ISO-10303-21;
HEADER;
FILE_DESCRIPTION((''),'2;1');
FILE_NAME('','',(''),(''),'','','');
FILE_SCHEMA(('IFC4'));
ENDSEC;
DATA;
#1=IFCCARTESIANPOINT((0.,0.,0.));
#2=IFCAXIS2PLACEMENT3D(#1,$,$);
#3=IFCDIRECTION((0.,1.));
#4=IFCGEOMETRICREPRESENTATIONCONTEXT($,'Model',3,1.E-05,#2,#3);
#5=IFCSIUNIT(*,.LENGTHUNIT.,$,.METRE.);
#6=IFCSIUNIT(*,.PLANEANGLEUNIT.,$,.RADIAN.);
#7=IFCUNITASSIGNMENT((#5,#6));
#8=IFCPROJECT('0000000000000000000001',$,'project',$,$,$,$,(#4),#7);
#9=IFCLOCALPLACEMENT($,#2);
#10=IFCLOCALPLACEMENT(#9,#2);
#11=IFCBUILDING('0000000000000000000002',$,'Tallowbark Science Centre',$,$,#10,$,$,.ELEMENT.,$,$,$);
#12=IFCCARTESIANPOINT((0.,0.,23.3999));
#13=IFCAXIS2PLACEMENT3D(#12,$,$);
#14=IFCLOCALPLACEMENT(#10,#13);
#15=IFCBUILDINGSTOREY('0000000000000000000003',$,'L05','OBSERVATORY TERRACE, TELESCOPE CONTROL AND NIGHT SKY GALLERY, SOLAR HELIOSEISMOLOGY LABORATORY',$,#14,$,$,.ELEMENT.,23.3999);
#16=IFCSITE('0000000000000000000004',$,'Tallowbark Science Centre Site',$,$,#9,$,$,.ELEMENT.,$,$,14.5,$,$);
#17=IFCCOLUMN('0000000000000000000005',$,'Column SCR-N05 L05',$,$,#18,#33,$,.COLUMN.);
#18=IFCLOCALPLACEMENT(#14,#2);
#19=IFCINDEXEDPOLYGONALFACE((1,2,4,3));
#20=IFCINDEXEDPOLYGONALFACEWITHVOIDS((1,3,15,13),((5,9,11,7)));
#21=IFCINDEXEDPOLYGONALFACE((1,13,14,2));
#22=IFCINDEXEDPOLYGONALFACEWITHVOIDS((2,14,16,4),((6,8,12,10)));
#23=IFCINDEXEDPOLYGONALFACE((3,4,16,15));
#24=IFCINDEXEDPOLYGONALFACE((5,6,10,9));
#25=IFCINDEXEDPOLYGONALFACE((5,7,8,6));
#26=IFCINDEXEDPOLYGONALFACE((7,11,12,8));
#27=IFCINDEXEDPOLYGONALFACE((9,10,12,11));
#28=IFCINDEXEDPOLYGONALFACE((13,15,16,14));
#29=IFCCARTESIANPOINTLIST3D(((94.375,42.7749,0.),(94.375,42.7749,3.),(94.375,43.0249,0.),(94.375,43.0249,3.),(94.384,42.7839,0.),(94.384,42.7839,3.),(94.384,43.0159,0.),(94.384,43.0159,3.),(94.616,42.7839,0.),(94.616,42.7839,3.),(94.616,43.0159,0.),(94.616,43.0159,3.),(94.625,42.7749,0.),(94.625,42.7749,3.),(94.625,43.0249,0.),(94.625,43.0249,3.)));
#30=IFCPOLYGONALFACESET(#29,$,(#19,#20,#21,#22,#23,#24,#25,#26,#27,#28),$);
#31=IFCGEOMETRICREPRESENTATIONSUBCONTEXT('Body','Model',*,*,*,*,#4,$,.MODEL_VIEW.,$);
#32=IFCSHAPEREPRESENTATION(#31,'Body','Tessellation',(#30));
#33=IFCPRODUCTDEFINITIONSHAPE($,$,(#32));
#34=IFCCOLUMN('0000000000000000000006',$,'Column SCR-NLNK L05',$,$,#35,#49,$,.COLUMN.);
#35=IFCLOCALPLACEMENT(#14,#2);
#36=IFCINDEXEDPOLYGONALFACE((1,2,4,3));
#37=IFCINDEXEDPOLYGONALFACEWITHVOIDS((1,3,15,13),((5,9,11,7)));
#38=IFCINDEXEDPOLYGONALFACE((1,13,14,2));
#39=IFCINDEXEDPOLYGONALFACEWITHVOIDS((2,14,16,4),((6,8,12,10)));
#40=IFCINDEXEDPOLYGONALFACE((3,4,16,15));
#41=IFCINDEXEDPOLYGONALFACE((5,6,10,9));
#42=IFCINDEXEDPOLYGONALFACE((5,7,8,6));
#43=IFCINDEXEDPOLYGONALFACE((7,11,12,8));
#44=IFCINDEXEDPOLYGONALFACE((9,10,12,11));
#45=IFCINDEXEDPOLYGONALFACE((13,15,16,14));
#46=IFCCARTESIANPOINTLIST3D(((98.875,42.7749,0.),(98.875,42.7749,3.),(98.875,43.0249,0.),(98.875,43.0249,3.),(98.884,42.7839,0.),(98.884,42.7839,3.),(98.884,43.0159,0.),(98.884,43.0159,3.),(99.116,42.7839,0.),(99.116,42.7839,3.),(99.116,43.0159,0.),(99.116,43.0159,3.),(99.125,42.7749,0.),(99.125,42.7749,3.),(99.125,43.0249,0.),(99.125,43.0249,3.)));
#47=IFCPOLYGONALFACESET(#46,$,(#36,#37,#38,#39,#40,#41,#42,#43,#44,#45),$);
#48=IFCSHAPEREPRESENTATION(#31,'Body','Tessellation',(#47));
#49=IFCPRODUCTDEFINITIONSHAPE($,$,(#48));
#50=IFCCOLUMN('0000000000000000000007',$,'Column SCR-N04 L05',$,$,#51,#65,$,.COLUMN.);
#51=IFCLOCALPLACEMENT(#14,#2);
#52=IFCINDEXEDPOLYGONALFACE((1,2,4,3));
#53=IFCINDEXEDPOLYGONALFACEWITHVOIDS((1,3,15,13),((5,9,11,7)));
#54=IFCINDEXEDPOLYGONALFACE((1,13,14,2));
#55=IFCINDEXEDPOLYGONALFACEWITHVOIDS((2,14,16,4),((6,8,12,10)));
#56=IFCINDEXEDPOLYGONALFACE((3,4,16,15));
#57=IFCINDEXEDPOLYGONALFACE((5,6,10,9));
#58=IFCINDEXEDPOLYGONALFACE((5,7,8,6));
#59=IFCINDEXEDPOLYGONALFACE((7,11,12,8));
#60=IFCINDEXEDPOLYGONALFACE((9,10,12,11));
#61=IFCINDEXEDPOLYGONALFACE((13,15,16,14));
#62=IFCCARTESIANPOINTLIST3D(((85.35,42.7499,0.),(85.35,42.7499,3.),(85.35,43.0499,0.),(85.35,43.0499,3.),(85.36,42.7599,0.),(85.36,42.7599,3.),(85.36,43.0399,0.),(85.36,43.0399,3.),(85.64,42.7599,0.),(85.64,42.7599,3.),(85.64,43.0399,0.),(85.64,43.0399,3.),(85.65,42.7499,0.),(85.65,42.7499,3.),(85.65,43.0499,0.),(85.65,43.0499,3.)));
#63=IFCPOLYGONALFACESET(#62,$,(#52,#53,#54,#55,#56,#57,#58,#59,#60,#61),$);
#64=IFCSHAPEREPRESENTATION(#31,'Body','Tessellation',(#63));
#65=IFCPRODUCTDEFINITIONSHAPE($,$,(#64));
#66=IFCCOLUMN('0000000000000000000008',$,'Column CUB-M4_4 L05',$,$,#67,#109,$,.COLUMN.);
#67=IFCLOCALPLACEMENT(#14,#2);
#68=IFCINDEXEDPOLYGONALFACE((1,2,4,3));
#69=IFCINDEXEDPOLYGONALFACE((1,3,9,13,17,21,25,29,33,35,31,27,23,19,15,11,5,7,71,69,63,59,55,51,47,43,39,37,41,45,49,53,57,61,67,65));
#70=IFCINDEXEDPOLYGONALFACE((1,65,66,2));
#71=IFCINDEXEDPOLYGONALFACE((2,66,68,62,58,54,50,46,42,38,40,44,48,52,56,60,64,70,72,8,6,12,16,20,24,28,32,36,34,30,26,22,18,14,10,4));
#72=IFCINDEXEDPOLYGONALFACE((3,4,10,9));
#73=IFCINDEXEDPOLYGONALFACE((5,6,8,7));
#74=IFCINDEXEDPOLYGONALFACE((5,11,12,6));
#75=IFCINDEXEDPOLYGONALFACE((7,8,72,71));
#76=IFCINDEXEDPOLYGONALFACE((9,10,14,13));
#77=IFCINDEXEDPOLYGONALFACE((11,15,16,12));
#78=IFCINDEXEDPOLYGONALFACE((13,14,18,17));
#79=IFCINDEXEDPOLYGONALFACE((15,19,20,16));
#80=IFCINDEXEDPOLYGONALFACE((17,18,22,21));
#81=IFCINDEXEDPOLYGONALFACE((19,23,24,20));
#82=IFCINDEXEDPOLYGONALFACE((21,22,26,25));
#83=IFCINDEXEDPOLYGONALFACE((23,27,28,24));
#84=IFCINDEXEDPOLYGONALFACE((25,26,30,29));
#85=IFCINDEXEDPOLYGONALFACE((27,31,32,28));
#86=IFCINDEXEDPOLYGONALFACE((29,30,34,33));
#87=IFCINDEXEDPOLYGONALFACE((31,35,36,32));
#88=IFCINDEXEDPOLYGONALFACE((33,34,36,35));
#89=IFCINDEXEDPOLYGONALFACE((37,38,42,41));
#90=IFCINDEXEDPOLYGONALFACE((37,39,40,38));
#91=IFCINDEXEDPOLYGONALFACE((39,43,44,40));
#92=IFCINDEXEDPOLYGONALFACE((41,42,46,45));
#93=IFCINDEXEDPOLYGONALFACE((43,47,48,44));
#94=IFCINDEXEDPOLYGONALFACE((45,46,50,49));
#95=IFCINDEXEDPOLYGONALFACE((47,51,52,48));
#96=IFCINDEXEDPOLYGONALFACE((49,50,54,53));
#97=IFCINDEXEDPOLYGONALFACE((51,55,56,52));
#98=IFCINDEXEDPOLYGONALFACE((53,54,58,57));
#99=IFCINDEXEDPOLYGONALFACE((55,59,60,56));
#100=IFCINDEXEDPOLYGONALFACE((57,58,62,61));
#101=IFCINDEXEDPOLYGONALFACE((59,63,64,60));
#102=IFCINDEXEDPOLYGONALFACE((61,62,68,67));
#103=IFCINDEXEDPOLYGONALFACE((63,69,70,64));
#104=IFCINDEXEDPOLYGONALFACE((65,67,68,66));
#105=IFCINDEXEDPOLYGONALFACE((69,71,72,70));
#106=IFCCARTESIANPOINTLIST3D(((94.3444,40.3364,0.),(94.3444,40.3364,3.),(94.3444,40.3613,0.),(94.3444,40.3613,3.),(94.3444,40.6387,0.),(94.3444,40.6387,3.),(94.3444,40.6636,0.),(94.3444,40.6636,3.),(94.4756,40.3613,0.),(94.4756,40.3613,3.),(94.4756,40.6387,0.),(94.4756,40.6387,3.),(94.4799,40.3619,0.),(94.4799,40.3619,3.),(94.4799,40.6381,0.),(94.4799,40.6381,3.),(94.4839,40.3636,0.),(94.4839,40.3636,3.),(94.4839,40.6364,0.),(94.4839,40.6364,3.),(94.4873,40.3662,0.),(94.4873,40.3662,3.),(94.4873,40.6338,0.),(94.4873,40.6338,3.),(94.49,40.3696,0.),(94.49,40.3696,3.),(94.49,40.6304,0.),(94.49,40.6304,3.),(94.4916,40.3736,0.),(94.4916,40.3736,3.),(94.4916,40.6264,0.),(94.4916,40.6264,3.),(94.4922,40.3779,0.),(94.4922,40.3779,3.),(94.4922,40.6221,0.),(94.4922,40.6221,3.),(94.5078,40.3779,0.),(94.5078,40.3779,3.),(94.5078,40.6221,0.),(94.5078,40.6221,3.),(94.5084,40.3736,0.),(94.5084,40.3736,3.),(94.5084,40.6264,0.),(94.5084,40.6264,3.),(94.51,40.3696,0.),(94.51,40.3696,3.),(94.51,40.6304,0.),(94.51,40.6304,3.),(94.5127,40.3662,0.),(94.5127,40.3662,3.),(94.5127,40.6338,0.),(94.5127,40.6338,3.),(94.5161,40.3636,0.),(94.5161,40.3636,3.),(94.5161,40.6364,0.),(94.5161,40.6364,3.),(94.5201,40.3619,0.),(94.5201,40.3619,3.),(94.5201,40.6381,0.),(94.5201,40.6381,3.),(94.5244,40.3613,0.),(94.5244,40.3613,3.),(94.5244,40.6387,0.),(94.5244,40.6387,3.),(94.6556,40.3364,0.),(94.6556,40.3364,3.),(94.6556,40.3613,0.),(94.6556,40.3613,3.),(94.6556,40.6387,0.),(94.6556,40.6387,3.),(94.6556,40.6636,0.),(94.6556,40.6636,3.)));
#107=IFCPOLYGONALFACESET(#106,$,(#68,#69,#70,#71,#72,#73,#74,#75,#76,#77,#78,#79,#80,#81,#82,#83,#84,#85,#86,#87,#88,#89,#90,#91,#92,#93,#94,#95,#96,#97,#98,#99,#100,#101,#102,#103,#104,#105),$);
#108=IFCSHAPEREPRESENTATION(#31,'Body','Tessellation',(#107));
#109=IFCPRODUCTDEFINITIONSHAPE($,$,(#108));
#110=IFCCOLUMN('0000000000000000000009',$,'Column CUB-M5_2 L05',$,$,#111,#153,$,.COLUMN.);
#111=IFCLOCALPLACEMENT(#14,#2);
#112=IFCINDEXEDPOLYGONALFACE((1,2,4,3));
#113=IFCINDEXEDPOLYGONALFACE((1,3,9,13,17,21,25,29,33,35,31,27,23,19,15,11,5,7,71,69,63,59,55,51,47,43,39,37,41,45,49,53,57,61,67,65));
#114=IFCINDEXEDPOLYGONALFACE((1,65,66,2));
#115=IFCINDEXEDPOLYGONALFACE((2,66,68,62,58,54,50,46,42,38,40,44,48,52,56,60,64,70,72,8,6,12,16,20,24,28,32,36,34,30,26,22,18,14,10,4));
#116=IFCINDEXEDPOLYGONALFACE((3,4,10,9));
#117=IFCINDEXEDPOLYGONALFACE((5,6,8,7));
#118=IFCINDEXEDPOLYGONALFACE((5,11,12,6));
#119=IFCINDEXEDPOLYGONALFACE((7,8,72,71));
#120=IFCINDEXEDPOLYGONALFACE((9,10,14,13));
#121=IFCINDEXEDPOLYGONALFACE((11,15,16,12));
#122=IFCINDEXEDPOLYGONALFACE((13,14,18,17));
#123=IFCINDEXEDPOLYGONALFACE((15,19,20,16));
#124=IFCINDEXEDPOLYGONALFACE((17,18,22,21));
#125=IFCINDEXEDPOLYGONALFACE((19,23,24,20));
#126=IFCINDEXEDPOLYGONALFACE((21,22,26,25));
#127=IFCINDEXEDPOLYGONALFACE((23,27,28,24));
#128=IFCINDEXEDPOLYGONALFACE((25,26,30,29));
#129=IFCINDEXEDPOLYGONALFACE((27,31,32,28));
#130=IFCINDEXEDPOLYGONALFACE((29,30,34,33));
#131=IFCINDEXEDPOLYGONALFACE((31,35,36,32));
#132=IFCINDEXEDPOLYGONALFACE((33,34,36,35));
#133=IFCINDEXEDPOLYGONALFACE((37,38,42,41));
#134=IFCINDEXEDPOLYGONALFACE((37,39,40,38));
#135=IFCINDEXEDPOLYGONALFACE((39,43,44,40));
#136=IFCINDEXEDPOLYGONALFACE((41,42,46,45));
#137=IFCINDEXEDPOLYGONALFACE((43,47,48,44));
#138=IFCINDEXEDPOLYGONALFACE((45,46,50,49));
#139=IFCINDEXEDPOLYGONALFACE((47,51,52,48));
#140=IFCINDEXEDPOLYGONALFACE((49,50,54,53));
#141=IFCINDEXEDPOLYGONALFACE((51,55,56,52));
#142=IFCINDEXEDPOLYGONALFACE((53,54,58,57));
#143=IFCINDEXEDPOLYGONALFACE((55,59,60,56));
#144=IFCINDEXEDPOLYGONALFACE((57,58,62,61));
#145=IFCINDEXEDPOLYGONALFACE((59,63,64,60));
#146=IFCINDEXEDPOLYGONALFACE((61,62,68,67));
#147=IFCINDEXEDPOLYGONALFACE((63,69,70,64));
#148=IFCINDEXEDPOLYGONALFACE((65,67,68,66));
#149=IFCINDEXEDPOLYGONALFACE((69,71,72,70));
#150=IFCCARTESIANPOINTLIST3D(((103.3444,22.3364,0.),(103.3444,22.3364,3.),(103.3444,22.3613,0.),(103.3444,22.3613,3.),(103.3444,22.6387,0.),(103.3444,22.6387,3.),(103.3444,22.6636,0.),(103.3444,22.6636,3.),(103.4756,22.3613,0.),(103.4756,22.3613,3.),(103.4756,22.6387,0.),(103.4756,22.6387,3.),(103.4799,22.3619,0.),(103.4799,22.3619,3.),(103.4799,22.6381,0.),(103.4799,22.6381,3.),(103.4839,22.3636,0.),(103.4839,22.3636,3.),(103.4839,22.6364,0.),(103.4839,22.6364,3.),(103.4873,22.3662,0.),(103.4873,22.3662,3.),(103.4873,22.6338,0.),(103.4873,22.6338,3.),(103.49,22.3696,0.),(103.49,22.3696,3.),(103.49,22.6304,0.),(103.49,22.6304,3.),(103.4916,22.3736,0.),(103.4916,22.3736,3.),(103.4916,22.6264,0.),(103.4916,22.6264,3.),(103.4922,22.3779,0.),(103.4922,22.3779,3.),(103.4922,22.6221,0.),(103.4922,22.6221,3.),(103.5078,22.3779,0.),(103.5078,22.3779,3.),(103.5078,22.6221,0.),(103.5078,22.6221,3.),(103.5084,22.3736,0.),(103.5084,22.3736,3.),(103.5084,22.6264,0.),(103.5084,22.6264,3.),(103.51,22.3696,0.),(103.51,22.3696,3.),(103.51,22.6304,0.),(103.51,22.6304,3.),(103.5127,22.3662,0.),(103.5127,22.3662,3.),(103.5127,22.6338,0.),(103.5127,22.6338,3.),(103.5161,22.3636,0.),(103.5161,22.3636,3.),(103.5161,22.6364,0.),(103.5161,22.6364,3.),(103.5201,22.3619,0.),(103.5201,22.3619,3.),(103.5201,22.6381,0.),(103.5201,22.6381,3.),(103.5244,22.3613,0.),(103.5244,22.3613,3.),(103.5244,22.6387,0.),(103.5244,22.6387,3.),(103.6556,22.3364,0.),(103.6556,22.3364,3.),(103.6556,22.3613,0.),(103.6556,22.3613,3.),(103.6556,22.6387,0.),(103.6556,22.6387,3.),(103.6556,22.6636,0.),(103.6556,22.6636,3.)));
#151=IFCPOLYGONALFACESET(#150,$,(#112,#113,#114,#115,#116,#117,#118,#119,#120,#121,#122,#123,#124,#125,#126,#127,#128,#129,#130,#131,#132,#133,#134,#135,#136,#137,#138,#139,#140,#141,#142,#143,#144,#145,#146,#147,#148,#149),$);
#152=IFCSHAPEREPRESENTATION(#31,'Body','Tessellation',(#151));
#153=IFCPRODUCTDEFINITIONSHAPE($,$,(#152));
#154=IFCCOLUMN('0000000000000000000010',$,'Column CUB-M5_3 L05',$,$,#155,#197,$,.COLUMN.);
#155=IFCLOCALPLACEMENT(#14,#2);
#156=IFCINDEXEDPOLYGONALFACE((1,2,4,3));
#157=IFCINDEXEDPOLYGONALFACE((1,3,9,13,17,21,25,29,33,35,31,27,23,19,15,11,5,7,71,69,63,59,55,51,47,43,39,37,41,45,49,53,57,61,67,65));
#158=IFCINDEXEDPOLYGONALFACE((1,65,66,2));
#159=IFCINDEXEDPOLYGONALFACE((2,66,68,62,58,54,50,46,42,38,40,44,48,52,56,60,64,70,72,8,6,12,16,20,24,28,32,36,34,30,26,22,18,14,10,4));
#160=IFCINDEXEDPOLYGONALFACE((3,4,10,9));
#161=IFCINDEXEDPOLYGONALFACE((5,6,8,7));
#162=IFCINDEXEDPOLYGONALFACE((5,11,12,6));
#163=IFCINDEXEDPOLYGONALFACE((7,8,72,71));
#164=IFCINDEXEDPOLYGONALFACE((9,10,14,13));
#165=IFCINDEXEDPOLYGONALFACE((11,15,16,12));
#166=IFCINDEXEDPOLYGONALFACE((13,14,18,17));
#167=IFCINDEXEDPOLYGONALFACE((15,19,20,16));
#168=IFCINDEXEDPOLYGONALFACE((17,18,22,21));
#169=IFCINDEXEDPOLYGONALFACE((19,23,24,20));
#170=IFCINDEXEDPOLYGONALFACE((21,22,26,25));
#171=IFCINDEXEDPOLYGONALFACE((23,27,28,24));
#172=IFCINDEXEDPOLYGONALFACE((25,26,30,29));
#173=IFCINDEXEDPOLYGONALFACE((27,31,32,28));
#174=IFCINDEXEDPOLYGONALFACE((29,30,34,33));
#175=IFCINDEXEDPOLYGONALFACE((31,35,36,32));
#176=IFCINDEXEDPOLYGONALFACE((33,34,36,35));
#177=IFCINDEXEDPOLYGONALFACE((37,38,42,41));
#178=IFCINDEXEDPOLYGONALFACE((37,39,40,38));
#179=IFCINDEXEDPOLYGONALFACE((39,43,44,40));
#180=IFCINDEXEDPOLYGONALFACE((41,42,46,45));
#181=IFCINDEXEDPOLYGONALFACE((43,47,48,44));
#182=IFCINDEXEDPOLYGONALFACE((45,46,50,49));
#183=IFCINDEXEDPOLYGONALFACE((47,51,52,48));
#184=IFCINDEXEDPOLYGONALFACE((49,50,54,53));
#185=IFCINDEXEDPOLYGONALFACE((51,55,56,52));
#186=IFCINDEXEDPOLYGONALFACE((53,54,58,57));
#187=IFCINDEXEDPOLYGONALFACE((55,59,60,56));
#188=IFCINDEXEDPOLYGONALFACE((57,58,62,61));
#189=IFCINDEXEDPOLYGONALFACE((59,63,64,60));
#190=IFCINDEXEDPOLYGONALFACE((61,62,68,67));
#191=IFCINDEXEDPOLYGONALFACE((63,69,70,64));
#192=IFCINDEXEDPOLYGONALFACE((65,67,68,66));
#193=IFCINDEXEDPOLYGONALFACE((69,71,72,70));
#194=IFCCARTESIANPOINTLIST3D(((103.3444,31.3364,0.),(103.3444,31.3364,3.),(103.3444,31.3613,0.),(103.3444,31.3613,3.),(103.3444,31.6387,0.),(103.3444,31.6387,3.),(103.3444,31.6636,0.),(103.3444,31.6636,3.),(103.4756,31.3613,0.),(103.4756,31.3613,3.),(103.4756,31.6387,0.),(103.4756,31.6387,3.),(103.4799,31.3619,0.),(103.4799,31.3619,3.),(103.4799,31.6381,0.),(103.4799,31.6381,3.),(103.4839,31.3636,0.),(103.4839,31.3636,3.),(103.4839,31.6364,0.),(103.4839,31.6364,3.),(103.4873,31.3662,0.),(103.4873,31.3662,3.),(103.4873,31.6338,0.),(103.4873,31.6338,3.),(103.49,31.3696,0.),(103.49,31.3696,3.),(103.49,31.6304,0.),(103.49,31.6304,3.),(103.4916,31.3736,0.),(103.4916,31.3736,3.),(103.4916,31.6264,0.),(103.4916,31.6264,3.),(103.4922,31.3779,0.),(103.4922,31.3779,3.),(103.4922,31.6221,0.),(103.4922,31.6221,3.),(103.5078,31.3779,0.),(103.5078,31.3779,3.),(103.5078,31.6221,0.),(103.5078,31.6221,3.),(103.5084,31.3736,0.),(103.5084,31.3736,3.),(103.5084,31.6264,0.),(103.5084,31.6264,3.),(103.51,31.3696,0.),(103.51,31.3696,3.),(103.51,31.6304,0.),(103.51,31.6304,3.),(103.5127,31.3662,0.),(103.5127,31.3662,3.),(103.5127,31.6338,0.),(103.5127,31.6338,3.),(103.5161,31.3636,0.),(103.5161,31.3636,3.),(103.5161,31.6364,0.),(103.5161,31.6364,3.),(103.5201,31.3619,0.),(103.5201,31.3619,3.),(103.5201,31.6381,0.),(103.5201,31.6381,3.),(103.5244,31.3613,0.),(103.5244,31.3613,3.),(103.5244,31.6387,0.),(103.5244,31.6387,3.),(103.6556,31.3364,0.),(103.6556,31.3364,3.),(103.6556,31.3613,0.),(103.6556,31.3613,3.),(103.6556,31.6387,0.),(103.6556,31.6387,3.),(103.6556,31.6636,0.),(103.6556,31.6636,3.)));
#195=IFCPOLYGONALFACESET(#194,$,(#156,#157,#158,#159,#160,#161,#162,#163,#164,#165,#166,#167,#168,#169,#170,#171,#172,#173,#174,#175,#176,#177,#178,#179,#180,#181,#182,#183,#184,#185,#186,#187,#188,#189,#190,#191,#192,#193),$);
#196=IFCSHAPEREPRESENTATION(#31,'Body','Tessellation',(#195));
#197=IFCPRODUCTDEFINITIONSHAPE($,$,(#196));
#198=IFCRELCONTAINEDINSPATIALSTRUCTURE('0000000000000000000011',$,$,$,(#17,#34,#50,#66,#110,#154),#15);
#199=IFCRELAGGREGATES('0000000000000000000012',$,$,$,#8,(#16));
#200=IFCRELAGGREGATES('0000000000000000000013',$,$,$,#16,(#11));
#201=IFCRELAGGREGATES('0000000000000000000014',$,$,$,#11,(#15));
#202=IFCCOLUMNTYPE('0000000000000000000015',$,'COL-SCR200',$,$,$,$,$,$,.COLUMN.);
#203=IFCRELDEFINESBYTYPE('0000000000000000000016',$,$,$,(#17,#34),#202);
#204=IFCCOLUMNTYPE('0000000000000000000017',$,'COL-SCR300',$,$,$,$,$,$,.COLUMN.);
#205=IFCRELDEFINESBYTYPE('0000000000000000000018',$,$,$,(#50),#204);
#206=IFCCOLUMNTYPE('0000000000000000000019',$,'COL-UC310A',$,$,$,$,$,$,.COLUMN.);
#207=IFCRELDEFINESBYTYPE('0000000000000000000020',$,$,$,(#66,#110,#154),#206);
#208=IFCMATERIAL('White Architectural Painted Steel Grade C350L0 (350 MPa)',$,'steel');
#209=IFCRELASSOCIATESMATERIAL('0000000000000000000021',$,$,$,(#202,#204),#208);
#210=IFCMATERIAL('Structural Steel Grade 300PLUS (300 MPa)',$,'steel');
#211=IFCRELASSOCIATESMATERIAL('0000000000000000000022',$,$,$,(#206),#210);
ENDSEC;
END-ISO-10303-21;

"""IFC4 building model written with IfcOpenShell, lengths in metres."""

from ifc_helpers import new_model, si_unit, direction, frame, origin, origin_2d, place, context, subcontext, project, spatial, hollow_rectangle, i_section, extrude, material, material_profile, profile_set, type_object, element, save


model = new_model("IFC4")

# Units and contexts
model_context = context("Model", 3, precision=1e-05, world=origin(), true_north=direction((0.0, 1.0)))
body_context = subcontext(model_context, "Body", "Model", "MODEL_VIEW")
ifc_project = project(units=[si_unit("LENGTHUNIT", "METRE"), si_unit("PLANEANGLEUNIT", "RADIAN")], contexts=[model_context])

# Site, building, storey
site_placement = place(None, origin())
site = spatial("IfcSite", under=ifc_project, at=site_placement, Name="Tallowbark Science Centre Site", CompositionType="ELEMENT", RefElevation=14.5)
building_placement = place(site_placement, origin())
building = spatial("IfcBuilding", under=site, at=building_placement, Name="Tallowbark Science Centre", CompositionType="ELEMENT")
storey_placement = place(building_placement, frame((0.0, 0.0, 23.3999)))
storey = spatial("IfcBuildingStorey", under=building, at=storey_placement, Name="L05", Description="OBSERVATORY TERRACE, TELESCOPE CONTROL AND NIGHT SKY GALLERY, SOLAR HELIOSEISMOLOGY LABORATORY", CompositionType="ELEMENT", Elevation=23.3999)

# Columns
ifc_material_1 = material(Name="White Architectural Painted Steel Grade C350L0 (350 MPa)", Category="steel")
ifc_material_profile_1 = material_profile(ifc_material_1, hollow_rectangle(XDim=0.25, YDim=0.25, WallThickness=0.009, at=origin_2d()), Name="250x250x9.0SHS")
ifc_profile_set_1 = profile_set([ifc_material_profile_1], Name="White Architectural Painted Steel Grade C350L0 (350 MPa)")
column_type_1 = type_object("IfcColumnType", Name="COL-SCR200", PredefinedType="COLUMN", material=ifc_profile_set_1)
for number, where, z_axis, x_axis, name in (
    (1, (94.5, 42.8999, 0.0), (0.0, 0.0, 1.0), (1.0, 0.0, 0.0), "Column SCR-N05 L05"),
    (2, (99.0, 42.8999, 0.0), (0.0, 0.0, 1.0), (1.0, 0.0, 0.0), "Column SCR-NLNK L05"),
):
    element("IfcColumn", number, at=place(storey_placement, frame(where, z_axis=z_axis, x_axis=x_axis)), inside=storey, type_object=column_type_1, Name=name, PredefinedType="COLUMN", context=body_context, shape_type="SweptSolid", body=[
        extrude(hollow_rectangle(XDim=0.25, YDim=0.25, WallThickness=0.009, at=origin_2d()), origin(), (0.0, 0.0, 1.0), 3.0),
    ])
ifc_material_profile_2 = material_profile(ifc_material_1, hollow_rectangle(XDim=0.3, YDim=0.3, WallThickness=0.01, at=origin_2d()), Name="300x300x10.0SHS")
ifc_profile_set_2 = profile_set([ifc_material_profile_2], Name="White Architectural Painted Steel Grade C350L0 (350 MPa)")
column_type_2 = type_object("IfcColumnType", Name="COL-SCR300", PredefinedType="COLUMN", material=ifc_profile_set_2)
column_placement = place(storey_placement, frame((85.5, 42.8999, 0.0), z_axis=(0.0, 0.0, 1.0), x_axis=(1.0, 0.0, 0.0)))
element("IfcColumn", 3, at=column_placement, inside=storey, type_object=column_type_2, Name="Column SCR-N04 L05", PredefinedType="COLUMN", context=body_context, shape_type="SweptSolid", body=[
    extrude(hollow_rectangle(XDim=0.3, YDim=0.3, WallThickness=0.01, at=origin_2d()), origin(), (0.0, 0.0, 1.0), 3.0),
])
ifc_material_2 = material(Name="Structural Steel Grade 300PLUS (300 MPa)", Category="steel")
ifc_material_profile_3 = material_profile(ifc_material_2, i_section(OverallWidth=0.3113, OverallDepth=0.3271, WebThickness=0.0156, FlangeThickness=0.0249, FilletRadius=0.0166, at=origin_2d()), Name="310UC158")
ifc_profile_set_3 = profile_set([ifc_material_profile_3], Name="Structural Steel Grade 300PLUS (300 MPa)")
column_type_3 = type_object("IfcColumnType", Name="COL-UC310A", PredefinedType="COLUMN", material=ifc_profile_set_3)
for number, where, z_axis, x_axis, name in (
    (4, (94.5, 40.5, 0.0), (0.0, 0.0, 1.0), (1.0, 0.0, 0.0), "Column CUB-M4_4 L05"),
    (5, (103.5, 22.5, 0.0), (0.0, 0.0, 1.0), (1.0, 0.0, 0.0), "Column CUB-M5_2 L05"),
    (6, (103.5, 31.5, 0.0), (0.0, 0.0, 1.0), (1.0, 0.0, 0.0), "Column CUB-M5_3 L05"),
):
    element("IfcColumn", number, at=place(storey_placement, frame(where, z_axis=z_axis, x_axis=x_axis)), inside=storey, type_object=column_type_3, Name=name, PredefinedType="COLUMN", context=body_context, shape_type="SweptSolid", body=[
        extrude(i_section(OverallWidth=0.3113, OverallDepth=0.3271, WebThickness=0.0156, FlangeThickness=0.0249, FilletRadius=0.0166, at=origin_2d()), origin(), (0.0, 0.0, 1.0), 3.0),
    ])

save(model, "model.ifc")
